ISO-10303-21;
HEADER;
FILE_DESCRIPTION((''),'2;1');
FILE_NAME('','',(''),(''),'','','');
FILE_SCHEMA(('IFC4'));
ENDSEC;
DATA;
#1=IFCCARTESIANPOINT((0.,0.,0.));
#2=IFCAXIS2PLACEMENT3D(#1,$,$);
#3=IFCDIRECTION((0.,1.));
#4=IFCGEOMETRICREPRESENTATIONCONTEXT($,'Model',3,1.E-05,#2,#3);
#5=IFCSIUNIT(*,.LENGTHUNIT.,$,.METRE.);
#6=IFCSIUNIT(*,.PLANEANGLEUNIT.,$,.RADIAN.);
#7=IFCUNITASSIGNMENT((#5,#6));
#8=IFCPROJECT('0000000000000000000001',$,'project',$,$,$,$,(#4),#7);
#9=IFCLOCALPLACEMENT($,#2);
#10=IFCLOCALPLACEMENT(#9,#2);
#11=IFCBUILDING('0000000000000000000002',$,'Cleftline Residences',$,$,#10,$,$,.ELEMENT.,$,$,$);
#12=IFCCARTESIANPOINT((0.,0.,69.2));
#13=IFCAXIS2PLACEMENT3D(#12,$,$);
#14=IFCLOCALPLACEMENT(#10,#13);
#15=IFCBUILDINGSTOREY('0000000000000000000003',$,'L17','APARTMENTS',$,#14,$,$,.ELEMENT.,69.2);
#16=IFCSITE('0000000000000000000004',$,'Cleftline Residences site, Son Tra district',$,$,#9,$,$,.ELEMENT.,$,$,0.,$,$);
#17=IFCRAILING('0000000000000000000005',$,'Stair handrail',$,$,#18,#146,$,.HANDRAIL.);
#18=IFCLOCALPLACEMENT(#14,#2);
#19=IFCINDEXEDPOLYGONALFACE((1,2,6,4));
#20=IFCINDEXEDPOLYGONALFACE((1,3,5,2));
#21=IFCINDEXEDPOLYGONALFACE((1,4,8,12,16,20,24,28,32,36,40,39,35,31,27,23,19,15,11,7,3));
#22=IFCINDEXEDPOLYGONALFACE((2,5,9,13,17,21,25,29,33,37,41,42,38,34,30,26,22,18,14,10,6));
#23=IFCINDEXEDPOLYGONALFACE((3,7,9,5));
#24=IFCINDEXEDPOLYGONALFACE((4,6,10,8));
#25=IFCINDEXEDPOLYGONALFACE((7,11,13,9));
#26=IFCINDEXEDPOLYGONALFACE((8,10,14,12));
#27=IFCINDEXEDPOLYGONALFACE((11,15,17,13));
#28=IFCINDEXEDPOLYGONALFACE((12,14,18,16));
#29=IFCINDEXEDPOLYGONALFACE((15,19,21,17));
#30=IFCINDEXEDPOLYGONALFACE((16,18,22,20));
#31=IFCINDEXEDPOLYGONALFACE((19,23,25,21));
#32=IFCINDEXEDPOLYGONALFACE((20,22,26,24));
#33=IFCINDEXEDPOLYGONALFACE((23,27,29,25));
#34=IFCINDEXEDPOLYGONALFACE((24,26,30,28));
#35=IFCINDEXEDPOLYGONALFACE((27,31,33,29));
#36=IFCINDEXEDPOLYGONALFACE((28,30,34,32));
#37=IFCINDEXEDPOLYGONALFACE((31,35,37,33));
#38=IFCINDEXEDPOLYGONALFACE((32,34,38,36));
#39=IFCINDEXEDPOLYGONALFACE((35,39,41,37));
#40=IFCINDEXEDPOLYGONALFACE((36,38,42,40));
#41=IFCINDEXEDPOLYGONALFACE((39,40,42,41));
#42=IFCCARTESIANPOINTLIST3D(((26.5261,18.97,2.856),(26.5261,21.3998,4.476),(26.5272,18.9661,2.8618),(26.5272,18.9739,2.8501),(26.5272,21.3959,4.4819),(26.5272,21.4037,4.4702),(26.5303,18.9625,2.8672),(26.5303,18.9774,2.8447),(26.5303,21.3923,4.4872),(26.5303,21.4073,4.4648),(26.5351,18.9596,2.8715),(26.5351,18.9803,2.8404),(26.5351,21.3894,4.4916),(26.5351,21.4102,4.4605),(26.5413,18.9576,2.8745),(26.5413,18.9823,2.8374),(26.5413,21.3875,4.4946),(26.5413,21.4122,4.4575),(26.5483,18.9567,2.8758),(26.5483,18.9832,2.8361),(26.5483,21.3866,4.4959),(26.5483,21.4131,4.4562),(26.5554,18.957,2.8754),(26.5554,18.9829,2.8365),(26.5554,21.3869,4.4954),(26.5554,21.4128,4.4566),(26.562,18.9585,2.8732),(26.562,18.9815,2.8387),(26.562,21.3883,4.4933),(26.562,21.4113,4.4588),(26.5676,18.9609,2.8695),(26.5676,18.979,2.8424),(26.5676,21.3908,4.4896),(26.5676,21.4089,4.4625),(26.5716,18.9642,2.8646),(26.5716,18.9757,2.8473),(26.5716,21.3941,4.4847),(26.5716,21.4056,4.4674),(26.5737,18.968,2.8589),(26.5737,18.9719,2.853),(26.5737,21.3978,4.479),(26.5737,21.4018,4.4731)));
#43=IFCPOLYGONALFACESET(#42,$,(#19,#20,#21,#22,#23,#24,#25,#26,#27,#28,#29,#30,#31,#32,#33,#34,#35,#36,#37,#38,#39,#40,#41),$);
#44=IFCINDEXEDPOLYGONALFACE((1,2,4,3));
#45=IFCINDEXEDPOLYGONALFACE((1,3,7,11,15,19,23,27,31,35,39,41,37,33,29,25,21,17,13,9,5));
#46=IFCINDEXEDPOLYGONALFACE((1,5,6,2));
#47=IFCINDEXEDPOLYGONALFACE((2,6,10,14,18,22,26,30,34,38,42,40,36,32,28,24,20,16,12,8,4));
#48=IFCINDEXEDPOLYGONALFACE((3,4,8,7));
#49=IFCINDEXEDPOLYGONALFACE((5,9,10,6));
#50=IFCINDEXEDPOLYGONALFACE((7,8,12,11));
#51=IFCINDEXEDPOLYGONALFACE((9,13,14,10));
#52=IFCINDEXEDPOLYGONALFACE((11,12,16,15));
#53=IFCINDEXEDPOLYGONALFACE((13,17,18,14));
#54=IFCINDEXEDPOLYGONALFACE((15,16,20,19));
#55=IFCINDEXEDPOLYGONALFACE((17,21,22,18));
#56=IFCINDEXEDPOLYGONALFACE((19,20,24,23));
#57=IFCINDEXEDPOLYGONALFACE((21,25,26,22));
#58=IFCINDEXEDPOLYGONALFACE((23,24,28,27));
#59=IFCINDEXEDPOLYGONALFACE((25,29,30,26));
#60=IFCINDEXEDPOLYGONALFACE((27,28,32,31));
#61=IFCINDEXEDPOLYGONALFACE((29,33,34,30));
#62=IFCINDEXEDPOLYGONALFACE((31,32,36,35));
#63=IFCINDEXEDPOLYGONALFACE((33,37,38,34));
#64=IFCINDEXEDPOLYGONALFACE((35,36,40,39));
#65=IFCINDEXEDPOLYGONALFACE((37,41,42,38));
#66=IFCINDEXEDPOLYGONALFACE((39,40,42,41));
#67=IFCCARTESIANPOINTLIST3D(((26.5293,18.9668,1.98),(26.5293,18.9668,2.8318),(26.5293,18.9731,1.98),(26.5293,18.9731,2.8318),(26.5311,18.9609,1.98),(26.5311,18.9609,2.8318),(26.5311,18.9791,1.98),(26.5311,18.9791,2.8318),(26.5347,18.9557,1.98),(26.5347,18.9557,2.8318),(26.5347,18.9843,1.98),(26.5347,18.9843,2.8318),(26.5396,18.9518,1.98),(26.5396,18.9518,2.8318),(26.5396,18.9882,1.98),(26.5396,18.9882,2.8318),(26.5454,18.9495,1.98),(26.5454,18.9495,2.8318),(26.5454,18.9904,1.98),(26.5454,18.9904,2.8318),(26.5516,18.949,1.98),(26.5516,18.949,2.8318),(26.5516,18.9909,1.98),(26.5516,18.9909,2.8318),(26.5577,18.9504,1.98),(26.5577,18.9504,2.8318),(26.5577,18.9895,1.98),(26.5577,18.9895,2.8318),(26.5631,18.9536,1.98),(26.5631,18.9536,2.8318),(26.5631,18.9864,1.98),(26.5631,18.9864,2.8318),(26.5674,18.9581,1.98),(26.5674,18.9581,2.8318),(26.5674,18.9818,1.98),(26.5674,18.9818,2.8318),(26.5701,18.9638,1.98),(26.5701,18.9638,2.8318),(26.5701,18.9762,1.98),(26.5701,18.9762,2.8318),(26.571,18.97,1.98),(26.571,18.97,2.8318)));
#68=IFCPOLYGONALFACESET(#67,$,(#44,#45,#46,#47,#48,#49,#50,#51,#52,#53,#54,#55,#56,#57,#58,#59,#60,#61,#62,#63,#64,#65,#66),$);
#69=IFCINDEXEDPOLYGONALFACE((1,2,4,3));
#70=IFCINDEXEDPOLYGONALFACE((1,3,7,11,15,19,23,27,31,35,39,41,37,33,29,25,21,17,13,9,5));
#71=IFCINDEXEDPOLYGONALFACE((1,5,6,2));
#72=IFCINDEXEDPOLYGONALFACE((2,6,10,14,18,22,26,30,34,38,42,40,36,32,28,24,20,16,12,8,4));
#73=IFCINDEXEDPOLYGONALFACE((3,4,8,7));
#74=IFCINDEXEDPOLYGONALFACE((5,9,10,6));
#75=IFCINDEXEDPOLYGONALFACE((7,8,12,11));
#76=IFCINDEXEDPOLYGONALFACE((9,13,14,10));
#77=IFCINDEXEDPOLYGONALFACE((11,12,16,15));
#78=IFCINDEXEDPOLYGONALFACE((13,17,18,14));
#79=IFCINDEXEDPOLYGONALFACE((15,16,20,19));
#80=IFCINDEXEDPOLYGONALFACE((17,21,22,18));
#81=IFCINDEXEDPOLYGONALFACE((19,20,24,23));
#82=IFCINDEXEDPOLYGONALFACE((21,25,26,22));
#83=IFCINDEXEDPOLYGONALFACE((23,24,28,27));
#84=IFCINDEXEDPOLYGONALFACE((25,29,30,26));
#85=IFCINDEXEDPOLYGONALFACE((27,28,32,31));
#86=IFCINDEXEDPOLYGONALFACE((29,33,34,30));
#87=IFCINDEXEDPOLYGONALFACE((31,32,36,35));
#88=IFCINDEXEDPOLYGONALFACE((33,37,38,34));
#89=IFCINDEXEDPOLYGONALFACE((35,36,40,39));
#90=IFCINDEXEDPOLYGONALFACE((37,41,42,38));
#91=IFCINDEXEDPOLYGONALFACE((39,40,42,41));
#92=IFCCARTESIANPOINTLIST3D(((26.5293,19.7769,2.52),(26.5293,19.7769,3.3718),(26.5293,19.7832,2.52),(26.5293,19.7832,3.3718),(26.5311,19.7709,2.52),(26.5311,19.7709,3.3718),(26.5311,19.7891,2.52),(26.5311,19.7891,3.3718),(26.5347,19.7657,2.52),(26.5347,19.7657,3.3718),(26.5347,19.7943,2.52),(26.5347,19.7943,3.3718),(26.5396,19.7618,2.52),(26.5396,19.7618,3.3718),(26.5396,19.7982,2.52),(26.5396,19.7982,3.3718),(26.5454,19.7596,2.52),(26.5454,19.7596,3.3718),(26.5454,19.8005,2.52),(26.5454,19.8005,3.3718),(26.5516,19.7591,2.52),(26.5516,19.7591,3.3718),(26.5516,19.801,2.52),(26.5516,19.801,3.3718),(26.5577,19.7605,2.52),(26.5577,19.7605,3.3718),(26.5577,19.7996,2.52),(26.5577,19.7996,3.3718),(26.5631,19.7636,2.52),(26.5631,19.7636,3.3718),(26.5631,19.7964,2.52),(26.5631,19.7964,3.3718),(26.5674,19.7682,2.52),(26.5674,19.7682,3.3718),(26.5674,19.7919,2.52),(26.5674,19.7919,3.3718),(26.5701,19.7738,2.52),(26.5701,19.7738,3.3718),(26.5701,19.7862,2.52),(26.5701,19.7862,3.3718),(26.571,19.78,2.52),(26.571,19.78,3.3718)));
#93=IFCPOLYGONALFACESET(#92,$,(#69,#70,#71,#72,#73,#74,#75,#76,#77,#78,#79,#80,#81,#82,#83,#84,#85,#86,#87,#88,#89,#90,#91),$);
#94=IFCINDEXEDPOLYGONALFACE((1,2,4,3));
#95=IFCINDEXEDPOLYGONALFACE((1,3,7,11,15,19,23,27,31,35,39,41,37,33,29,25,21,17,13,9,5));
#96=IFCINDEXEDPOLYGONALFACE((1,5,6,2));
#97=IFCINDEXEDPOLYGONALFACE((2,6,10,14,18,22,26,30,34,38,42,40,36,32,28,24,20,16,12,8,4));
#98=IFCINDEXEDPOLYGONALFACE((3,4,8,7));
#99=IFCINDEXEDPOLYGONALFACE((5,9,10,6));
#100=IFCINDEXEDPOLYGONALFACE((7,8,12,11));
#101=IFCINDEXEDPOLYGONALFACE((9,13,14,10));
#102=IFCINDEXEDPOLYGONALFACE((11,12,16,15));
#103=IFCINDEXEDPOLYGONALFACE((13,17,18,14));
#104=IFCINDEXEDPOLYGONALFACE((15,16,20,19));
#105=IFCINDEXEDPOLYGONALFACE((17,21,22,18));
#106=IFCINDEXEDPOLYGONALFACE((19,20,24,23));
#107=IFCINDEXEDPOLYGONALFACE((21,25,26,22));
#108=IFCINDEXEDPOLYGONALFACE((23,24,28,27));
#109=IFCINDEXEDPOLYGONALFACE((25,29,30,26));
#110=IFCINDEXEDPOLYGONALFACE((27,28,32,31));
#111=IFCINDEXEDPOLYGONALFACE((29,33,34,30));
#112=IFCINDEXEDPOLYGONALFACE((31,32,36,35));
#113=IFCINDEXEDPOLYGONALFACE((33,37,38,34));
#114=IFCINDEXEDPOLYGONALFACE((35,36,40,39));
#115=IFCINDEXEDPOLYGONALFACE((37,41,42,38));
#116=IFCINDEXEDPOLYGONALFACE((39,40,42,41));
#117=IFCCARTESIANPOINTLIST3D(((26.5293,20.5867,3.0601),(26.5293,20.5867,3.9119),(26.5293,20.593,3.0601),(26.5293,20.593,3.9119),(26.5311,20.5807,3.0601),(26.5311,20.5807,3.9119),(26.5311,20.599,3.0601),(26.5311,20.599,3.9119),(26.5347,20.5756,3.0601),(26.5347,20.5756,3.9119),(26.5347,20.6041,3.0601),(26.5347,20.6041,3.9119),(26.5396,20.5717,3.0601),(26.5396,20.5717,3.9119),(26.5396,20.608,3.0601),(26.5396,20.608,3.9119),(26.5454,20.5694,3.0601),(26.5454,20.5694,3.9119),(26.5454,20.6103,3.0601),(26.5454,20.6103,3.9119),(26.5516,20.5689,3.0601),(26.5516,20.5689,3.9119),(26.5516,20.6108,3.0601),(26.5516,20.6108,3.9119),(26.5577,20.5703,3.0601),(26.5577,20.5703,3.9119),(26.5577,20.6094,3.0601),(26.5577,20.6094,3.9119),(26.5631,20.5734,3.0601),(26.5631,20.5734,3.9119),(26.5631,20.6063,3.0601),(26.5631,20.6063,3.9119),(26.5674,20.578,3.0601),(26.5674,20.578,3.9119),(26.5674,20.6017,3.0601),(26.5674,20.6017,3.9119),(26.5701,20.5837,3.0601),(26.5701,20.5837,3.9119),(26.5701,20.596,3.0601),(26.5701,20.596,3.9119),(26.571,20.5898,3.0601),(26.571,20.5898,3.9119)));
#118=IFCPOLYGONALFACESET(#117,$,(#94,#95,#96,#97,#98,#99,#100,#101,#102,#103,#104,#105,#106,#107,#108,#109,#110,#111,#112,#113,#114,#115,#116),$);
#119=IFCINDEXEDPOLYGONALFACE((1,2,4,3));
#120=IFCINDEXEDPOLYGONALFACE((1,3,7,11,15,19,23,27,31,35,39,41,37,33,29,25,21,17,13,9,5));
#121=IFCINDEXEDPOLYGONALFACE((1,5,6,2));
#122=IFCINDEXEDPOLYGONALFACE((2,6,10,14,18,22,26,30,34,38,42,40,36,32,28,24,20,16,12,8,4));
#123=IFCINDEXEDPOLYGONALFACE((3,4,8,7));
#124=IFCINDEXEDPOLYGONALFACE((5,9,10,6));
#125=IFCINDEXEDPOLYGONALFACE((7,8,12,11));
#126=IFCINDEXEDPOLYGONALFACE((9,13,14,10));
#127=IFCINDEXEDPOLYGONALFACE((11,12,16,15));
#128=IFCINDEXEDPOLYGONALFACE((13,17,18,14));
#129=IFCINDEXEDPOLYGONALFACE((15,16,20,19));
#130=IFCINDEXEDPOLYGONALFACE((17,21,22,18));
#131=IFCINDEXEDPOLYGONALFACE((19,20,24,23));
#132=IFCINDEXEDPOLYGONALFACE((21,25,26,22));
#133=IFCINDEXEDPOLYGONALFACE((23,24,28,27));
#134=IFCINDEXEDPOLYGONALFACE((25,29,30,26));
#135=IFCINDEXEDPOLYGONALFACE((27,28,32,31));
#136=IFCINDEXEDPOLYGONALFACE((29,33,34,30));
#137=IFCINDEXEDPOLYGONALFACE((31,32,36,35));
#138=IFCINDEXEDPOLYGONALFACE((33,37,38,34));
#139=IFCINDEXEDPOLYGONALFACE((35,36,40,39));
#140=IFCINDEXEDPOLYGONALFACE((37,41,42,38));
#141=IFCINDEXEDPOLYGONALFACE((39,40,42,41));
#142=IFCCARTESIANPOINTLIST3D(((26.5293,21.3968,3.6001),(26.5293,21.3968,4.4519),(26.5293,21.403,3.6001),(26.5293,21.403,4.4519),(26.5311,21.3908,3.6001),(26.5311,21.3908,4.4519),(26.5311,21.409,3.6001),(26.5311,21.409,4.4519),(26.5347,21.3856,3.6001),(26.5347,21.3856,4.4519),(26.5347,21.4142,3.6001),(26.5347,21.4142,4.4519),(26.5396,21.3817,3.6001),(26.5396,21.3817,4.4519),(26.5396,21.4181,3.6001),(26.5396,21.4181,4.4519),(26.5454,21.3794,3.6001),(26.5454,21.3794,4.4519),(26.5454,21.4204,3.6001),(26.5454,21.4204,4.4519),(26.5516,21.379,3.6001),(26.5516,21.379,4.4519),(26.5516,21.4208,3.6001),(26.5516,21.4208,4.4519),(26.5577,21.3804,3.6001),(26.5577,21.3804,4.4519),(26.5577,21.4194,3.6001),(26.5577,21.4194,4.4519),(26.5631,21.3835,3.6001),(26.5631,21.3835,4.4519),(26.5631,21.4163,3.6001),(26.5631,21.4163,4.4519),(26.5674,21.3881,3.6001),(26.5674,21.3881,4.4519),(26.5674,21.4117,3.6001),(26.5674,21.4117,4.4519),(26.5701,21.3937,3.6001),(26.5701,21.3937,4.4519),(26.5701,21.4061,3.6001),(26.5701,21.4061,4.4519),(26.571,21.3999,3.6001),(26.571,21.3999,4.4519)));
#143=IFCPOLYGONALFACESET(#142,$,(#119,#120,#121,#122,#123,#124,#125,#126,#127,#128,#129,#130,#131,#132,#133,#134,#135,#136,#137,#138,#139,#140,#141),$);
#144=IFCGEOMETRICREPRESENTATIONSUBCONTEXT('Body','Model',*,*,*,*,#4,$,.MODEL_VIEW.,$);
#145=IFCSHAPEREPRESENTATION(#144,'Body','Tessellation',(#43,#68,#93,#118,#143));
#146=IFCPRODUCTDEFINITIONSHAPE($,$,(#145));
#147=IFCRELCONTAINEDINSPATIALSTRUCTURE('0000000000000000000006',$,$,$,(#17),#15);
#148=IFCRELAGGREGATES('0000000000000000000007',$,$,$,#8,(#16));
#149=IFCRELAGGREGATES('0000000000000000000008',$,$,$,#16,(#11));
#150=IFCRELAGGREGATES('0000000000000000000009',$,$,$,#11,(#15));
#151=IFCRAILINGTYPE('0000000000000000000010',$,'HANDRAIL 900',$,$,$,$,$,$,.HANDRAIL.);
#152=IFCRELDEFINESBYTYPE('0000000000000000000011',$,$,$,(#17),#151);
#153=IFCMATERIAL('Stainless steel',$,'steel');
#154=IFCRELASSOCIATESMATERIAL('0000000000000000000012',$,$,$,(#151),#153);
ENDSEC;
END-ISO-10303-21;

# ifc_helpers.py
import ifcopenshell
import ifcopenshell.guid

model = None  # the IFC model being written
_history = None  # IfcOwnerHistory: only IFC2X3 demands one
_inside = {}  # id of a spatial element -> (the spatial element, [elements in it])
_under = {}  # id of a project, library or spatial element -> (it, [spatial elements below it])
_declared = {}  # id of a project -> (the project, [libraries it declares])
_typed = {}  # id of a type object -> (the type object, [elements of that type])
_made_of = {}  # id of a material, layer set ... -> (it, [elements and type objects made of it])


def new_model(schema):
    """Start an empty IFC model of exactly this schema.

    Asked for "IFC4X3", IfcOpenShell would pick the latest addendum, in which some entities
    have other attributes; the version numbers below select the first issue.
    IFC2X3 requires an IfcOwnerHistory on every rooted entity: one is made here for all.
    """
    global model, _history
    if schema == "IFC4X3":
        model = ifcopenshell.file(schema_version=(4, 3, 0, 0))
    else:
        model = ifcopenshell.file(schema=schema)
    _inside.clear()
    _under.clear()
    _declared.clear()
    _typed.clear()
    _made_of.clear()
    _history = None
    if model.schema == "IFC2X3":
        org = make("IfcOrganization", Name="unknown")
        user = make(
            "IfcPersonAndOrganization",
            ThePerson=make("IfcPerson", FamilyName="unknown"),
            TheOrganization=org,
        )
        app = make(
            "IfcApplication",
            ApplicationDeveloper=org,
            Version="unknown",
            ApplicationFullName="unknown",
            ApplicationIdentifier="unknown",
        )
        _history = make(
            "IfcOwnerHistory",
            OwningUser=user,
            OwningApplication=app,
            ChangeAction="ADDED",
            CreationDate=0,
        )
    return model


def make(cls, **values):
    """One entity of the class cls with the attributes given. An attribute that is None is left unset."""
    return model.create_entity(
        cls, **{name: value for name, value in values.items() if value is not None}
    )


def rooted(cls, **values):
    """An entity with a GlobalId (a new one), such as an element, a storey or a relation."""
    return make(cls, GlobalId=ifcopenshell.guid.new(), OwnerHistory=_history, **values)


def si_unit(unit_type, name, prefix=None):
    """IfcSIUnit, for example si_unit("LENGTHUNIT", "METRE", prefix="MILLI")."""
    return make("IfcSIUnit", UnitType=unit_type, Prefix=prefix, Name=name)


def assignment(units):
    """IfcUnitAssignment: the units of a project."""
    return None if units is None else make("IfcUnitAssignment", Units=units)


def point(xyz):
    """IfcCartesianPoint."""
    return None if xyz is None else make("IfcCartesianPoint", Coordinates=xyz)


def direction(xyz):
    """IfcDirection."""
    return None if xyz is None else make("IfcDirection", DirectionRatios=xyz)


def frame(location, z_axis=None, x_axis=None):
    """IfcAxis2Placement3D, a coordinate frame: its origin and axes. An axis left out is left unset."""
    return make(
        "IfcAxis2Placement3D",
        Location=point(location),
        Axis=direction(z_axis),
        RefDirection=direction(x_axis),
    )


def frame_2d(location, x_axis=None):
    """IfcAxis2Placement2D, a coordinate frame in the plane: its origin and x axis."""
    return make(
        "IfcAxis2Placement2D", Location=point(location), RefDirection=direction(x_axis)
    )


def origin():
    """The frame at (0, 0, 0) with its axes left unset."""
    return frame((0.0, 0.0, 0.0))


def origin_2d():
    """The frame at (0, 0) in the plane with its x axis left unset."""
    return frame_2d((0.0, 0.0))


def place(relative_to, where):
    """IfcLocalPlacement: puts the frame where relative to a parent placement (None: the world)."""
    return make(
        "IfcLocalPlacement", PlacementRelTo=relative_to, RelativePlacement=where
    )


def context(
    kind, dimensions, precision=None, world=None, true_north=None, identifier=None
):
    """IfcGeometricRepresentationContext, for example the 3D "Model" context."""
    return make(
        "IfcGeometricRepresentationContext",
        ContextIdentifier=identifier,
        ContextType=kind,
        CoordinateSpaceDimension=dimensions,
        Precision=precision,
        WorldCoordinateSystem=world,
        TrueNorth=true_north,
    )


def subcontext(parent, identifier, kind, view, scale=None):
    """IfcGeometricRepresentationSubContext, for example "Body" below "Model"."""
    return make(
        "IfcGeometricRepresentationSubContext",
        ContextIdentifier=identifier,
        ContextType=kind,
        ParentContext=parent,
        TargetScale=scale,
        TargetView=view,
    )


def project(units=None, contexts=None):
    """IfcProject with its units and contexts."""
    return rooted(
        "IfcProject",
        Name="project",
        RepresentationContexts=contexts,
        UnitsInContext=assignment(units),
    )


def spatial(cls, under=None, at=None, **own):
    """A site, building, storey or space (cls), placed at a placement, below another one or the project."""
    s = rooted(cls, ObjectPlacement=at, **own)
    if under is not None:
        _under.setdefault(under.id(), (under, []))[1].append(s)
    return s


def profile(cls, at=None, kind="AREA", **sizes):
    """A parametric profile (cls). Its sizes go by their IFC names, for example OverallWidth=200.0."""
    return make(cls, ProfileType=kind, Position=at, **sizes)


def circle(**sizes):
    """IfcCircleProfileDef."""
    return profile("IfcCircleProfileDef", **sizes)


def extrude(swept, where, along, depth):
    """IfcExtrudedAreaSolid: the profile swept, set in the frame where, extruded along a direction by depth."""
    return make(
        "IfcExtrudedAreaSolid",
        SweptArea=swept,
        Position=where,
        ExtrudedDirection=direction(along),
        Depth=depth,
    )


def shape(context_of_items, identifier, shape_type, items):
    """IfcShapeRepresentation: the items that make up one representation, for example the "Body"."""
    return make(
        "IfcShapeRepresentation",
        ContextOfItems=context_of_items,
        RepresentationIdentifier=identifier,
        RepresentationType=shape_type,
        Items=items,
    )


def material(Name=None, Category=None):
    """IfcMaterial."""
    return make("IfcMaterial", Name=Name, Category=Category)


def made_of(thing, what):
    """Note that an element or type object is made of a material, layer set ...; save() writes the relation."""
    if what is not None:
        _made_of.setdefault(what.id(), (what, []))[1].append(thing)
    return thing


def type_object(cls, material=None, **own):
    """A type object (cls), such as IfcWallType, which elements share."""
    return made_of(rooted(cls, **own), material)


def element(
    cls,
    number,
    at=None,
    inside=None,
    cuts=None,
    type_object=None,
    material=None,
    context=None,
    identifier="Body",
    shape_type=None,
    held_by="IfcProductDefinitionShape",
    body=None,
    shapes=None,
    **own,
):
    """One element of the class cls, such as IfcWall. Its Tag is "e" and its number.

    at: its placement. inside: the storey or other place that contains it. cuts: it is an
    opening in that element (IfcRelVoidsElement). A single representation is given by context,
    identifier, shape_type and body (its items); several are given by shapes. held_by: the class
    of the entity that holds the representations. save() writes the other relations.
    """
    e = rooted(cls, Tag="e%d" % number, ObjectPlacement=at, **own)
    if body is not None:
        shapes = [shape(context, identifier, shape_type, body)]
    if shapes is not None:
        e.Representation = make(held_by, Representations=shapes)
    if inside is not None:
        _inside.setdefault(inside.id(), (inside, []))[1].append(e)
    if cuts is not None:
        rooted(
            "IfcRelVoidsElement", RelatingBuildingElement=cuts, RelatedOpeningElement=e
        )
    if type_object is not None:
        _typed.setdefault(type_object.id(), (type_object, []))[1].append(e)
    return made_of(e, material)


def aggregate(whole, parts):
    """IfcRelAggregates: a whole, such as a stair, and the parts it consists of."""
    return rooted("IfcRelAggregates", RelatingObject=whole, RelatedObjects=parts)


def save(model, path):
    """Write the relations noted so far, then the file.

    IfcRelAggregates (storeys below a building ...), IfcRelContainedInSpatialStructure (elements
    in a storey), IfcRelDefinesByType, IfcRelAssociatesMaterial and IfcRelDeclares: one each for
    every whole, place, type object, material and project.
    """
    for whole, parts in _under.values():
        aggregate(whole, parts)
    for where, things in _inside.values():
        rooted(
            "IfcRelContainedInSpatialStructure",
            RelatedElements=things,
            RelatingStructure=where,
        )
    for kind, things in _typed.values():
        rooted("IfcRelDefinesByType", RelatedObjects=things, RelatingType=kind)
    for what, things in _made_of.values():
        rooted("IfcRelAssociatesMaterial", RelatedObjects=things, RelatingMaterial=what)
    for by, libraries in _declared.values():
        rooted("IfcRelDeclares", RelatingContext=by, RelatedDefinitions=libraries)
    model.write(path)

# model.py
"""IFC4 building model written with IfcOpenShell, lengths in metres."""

from ifc_helpers import new_model, si_unit, direction, frame, origin, origin_2d, place, context, subcontext, project, spatial, circle, extrude, material, type_object, element, save


model = new_model("IFC4")

# Units and contexts
model_context = context("Model", 3, precision=1e-05, world=origin(), true_north=direction((0.0, 1.0)))
body_context = subcontext(model_context, "Body", "Model", "MODEL_VIEW")
ifc_project = project(units=[si_unit("LENGTHUNIT", "METRE"), si_unit("PLANEANGLEUNIT", "RADIAN")], contexts=[model_context])

# Site, building, storey
site_placement = place(None, origin())
site = spatial("IfcSite", under=ifc_project, at=site_placement, Name="Cleftline Residences site, Son Tra district", CompositionType="ELEMENT", RefElevation=0.0)
building_placement = place(site_placement, origin())
building = spatial("IfcBuilding", under=site, at=building_placement, Name="Cleftline Residences", CompositionType="ELEMENT")
storey_placement = place(building_placement, frame((0.0, 0.0, 69.2)))
storey = spatial("IfcBuildingStorey", under=building, at=storey_placement, Name="L17", Description="APARTMENTS", CompositionType="ELEMENT", Elevation=69.2)

# Railing
ifc_material_1 = material(Name="Stainless steel", Category="steel")
railing_type = type_object("IfcRailingType", Name="HANDRAIL 900", PredefinedType="HANDRAIL", material=ifc_material_1)
railing_1_placement = place(storey_placement, frame((26.55, 18.97, 1.98)))
element("IfcRailing", 1, at=railing_1_placement, inside=storey, type_object=railing_type, Name="Stair handrail", PredefinedType="HANDRAIL", context=body_context, shape_type="SweptSolid", body=[
    extrude(circle(Radius=0.0239, at=origin_2d()), frame((0.0, 0.0, 0.876), z_axis=(0.0, 0.832025, 0.554739), x_axis=(-1.0, 0.0, 0.0)), (0.0, 0.0, 1.0), 2.9204),
    extrude(circle(Radius=0.021, at=origin_2d()), origin(), (0.0, 0.0, 1.0), 0.8518),
    extrude(circle(Radius=0.021, at=origin_2d()), frame((0.0, 0.8101, 0.54)), (0.0, 0.0, 1.0), 0.8518),
    extrude(circle(Radius=0.021, at=origin_2d()), frame((0.0, 1.6199, 1.0801)), (0.0, 0.0, 1.0), 0.8518),
    extrude(circle(Radius=0.021, at=origin_2d()), frame((0.0, 2.4299, 1.6201)), (0.0, 0.0, 1.0), 0.8518),
])

save(model, "model.ifc")
